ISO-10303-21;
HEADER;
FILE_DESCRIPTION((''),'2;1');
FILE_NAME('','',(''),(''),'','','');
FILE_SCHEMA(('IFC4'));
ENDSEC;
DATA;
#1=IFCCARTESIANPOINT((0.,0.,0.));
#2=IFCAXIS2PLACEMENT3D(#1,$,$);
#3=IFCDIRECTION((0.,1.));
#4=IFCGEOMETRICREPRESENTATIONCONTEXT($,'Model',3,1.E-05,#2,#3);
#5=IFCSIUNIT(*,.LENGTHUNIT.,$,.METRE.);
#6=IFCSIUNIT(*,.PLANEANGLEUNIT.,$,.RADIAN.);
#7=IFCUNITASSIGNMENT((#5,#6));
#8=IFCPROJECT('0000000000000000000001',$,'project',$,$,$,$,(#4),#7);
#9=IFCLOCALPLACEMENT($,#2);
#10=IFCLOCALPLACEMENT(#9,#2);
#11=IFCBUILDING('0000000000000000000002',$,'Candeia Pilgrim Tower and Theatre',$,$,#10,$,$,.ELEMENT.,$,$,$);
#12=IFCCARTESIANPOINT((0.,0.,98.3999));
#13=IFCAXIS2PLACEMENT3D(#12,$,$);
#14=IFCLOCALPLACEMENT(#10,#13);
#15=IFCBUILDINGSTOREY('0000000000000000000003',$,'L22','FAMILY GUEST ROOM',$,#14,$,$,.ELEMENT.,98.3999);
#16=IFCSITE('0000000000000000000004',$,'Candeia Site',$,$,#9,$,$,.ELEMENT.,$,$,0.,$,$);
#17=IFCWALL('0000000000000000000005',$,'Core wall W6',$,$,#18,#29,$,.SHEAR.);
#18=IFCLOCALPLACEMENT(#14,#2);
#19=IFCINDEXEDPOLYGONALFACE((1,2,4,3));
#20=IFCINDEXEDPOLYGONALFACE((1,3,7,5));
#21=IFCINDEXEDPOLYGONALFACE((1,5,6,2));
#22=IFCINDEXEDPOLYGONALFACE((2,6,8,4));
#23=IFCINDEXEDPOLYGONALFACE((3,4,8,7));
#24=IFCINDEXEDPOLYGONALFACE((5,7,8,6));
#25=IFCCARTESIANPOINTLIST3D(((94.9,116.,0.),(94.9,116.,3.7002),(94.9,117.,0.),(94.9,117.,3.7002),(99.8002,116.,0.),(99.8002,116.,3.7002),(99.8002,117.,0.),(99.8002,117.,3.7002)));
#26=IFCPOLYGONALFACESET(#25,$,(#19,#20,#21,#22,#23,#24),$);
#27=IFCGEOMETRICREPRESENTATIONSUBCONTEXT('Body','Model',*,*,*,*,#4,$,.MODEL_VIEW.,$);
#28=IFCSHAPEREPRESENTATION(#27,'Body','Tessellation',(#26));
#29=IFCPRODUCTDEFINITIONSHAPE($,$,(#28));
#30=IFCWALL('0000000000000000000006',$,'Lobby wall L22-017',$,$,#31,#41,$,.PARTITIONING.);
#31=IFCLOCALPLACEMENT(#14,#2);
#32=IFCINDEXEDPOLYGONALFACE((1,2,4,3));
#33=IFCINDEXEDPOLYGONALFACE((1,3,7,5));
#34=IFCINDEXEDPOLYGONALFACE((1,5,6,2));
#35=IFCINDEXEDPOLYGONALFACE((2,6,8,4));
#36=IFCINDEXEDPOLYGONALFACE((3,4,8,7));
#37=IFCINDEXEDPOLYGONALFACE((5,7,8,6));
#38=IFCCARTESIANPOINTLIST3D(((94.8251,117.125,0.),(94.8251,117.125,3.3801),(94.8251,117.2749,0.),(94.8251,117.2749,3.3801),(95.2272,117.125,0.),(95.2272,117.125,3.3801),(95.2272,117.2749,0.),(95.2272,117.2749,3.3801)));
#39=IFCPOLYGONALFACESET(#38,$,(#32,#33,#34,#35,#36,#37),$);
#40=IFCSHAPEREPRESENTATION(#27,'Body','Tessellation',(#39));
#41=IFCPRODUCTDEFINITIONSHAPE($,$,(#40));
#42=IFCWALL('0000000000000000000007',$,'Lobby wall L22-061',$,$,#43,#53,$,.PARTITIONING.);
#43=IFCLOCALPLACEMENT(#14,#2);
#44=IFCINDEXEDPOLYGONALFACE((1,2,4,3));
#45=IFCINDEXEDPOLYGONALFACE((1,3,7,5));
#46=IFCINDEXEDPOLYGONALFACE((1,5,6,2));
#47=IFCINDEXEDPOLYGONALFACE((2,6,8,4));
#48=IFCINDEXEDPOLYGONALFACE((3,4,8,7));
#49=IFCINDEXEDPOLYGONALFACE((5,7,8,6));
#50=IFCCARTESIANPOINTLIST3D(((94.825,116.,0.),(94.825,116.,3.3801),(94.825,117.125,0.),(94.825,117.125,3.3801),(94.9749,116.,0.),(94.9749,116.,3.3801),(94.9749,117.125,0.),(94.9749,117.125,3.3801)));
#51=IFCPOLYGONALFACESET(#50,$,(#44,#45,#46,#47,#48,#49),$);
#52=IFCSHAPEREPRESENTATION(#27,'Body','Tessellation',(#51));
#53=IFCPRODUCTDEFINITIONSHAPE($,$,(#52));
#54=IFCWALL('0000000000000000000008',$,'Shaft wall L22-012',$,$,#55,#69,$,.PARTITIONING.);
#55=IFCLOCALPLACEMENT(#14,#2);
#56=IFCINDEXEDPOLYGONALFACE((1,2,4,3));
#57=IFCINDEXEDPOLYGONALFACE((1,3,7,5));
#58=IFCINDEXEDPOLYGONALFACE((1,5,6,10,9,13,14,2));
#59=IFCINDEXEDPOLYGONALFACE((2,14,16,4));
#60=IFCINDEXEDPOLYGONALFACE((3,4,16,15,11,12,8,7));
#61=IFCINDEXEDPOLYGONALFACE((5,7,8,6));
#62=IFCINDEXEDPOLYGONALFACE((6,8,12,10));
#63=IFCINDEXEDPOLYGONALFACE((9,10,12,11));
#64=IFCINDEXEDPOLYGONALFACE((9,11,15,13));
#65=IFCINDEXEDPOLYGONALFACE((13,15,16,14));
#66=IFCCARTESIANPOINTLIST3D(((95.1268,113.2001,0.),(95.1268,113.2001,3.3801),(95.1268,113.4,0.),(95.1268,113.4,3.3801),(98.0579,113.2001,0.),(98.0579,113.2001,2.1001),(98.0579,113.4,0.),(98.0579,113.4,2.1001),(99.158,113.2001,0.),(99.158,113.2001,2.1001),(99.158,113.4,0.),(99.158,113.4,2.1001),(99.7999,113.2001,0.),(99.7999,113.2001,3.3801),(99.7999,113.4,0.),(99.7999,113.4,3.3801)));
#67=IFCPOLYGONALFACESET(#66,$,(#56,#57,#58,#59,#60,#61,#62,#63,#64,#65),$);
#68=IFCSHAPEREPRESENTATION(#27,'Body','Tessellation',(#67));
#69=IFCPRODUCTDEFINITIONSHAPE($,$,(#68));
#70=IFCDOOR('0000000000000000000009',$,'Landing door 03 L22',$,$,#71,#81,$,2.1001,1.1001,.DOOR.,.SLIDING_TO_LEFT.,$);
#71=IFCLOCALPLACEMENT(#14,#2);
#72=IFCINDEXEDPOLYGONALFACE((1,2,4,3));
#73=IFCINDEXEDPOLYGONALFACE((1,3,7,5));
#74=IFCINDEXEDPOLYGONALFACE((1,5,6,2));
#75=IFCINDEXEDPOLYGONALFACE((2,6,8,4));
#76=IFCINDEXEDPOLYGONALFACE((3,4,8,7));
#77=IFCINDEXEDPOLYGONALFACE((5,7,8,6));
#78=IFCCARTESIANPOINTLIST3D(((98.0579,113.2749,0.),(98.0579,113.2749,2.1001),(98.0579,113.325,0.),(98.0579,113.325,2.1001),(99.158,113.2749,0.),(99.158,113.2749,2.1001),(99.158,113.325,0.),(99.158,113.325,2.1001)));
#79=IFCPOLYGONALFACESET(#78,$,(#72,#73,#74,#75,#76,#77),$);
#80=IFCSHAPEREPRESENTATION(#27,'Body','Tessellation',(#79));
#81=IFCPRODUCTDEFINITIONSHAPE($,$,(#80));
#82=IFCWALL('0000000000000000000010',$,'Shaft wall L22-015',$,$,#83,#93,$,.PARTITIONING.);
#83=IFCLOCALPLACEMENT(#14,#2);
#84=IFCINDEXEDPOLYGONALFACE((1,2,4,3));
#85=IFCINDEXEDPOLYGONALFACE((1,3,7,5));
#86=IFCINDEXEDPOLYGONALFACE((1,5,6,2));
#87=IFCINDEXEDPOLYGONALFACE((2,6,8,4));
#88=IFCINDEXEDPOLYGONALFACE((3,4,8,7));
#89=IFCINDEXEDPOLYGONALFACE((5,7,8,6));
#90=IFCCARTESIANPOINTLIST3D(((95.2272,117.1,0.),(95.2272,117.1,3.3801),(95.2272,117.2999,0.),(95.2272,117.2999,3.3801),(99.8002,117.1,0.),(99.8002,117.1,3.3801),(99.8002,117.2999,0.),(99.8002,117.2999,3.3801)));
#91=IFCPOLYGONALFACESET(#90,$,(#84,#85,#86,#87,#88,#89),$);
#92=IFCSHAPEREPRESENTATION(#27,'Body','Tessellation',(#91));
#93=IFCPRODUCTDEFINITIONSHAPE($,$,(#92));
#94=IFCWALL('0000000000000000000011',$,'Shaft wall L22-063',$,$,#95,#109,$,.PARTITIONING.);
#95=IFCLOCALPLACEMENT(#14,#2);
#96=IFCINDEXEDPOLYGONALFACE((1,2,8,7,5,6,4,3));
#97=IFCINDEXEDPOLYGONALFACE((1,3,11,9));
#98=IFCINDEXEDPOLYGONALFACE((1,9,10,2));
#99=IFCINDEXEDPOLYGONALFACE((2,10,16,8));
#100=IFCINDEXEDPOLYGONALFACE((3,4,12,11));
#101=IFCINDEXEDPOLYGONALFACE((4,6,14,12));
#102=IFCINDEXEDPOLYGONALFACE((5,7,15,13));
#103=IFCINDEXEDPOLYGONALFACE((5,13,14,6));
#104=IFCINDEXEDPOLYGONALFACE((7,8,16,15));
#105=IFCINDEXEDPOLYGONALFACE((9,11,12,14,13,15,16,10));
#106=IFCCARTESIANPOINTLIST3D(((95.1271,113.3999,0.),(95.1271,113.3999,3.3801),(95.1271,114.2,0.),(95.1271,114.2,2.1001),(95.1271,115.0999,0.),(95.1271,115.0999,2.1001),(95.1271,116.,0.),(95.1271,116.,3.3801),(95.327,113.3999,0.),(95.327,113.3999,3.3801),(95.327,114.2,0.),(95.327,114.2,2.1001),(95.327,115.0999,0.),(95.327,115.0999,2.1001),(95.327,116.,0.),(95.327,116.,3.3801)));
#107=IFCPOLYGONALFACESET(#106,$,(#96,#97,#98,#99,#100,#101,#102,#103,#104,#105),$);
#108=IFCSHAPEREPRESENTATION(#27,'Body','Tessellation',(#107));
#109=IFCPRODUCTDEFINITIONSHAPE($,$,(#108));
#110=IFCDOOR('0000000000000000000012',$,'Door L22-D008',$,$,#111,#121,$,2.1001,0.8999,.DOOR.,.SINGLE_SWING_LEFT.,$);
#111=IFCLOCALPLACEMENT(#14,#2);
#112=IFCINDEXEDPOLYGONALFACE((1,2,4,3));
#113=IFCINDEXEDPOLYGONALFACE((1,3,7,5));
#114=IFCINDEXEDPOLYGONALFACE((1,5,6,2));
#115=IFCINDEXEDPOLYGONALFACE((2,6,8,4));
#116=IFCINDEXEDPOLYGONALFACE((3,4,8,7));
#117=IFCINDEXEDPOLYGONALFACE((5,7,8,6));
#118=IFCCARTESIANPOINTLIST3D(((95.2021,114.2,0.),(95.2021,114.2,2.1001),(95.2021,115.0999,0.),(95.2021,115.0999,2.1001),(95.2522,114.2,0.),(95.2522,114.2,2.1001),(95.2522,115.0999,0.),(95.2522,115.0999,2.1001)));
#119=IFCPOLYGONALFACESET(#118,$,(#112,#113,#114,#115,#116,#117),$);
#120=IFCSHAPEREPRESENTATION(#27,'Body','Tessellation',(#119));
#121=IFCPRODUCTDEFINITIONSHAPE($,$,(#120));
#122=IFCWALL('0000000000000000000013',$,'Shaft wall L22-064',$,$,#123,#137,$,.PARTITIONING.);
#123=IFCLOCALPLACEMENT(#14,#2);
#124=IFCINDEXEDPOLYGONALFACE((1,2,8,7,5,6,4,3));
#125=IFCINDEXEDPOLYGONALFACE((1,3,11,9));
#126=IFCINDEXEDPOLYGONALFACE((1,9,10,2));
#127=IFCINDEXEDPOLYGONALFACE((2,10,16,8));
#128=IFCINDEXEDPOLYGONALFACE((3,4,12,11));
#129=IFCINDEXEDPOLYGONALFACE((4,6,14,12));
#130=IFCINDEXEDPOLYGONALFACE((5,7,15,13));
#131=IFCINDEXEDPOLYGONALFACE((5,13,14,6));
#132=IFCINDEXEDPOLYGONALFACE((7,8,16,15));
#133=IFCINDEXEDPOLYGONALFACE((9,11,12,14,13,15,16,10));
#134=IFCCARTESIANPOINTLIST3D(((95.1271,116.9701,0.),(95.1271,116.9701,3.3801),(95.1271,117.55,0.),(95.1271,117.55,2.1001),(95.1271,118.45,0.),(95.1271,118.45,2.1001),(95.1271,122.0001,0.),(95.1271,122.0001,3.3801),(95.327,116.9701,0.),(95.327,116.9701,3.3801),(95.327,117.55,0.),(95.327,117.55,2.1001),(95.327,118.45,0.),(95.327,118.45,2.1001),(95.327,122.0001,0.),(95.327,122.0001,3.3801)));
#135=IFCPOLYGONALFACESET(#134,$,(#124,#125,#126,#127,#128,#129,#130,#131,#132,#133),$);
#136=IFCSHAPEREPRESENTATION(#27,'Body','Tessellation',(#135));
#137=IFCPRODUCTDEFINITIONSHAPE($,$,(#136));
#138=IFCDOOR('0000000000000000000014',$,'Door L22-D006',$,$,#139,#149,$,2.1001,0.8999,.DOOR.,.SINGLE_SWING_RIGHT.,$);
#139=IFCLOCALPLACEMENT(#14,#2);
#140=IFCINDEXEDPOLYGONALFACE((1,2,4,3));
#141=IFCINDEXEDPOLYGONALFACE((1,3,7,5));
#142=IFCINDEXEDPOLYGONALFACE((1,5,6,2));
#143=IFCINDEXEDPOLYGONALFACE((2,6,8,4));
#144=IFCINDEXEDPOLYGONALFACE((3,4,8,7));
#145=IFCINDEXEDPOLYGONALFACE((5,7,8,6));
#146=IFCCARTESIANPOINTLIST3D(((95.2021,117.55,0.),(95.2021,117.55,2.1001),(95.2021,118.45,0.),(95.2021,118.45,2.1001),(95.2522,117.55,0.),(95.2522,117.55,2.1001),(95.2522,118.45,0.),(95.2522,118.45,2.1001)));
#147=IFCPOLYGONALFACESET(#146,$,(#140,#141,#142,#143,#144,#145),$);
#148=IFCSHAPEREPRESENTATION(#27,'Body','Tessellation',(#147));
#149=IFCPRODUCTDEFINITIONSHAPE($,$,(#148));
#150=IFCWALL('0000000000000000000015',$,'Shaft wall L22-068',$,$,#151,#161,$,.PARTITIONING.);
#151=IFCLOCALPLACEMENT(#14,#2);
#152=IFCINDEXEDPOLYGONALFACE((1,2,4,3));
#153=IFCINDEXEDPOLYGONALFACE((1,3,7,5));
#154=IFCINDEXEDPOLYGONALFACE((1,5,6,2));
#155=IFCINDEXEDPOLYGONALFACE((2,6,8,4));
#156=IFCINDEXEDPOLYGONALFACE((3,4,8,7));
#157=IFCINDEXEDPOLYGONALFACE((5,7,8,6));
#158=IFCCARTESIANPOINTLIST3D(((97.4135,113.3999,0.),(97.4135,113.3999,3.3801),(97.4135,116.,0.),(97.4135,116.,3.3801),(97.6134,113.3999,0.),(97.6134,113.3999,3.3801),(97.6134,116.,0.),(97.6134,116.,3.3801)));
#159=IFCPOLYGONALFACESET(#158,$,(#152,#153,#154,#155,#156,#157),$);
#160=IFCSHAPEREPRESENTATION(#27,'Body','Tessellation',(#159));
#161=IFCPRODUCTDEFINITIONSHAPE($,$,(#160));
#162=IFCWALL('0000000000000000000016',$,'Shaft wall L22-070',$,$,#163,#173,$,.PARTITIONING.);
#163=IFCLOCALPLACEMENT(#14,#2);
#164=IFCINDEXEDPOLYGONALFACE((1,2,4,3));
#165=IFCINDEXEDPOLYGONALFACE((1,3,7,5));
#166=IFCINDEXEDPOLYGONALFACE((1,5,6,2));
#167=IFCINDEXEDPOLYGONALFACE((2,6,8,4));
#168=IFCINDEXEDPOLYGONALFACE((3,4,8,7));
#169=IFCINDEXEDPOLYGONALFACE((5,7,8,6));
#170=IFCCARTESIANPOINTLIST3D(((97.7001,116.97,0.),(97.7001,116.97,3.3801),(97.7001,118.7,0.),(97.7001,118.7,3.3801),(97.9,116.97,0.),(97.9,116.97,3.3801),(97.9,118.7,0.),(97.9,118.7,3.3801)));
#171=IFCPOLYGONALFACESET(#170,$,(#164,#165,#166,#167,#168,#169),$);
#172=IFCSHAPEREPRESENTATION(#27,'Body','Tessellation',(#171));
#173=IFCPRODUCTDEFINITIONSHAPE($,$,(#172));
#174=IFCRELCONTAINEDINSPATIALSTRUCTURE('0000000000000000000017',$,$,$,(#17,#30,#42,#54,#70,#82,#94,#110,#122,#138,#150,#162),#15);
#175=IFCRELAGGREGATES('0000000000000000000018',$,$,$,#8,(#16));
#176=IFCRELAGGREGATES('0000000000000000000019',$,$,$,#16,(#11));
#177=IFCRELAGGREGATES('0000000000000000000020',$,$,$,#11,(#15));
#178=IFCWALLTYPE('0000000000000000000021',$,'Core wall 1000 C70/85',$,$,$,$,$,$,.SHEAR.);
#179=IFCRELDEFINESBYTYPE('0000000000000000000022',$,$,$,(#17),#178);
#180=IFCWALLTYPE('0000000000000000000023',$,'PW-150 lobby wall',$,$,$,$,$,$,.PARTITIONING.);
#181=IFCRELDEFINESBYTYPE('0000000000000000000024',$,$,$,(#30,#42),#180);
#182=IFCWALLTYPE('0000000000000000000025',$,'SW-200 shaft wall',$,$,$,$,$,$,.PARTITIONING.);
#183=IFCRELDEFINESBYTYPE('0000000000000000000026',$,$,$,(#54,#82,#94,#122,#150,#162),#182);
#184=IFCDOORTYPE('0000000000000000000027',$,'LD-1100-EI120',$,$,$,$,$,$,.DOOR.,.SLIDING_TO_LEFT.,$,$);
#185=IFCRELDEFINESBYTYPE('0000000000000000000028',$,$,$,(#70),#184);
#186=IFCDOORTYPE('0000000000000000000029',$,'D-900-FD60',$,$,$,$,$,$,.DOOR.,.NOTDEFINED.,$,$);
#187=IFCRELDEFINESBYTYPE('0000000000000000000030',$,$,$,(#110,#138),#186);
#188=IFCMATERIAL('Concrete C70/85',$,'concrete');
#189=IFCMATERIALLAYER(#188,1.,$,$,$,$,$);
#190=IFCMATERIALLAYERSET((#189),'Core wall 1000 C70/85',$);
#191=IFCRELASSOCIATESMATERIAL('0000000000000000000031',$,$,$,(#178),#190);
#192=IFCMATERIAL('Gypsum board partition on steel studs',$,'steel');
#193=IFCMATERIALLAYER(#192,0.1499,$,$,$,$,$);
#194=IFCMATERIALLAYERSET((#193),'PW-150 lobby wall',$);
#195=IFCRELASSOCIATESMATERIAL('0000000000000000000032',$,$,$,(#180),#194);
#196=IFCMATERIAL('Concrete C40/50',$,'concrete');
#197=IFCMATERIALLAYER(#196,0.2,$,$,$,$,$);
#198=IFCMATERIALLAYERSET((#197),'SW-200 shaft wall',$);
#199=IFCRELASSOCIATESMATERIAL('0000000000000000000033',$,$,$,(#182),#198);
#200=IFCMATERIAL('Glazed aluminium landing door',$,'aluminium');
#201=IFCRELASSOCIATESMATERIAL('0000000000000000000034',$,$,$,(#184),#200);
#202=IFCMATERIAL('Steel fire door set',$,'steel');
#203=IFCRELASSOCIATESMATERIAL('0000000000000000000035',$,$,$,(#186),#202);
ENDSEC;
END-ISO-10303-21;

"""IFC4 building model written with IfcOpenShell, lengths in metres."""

from ifc_helpers import new_model, si_unit, direction, frame, frame_2d, origin, place, context, subcontext, project, spatial, rectangle, extrude, material, layer, layer_set, type_object, element, fill, save


model = new_model("IFC4")

# Units and contexts
model_context = context("Model", 3, precision=1e-05, world=origin(), true_north=direction((0.0, 1.0)))
body_context = subcontext(model_context, "Body", "Model", "MODEL_VIEW")
ifc_project = project(units=[si_unit("LENGTHUNIT", "METRE"), si_unit("PLANEANGLEUNIT", "RADIAN")], contexts=[model_context])

# Site, building, storey
site_placement = place(None, origin())
site = spatial("IfcSite", under=ifc_project, at=site_placement, Name="Candeia Site", CompositionType="ELEMENT", RefElevation=0.0)
building_placement = place(site_placement, origin())
building = spatial("IfcBuilding", under=site, at=building_placement, Name="Candeia Pilgrim Tower and Theatre", CompositionType="ELEMENT")
storey_placement = place(building_placement, frame((0.0, 0.0, 98.3999)))
storey = spatial("IfcBuildingStorey", under=building, at=storey_placement, Name="L22", Description="FAMILY GUEST ROOM", CompositionType="ELEMENT", Elevation=98.3999)

# Walls
ifc_material_1 = material(Name="Concrete C70/85", Category="concrete")
ifc_layer_1 = layer(ifc_material_1, 1.0)
ifc_layer_set_1 = layer_set([ifc_layer_1], Name="Core wall 1000 C70/85")
wall_type_1 = type_object("IfcWallType", Name="Core wall 1000 C70/85", PredefinedType="SHEAR", material=ifc_layer_set_1)
wall_1_placement = place(storey_placement, frame((94.8999, 116.5, 0.0), z_axis=(0.0, 0.0, 1.0), x_axis=(1.0, 0.0, 0.0)))
element("IfcWall", 1, at=wall_1_placement, inside=storey, type_object=wall_type_1, Name="Core wall W6", PredefinedType="SHEAR", context=body_context, shape_type="SweptSolid", body=[
    extrude(rectangle(XDim=4.9001, YDim=1.0, at=frame_2d((2.4502, 0.0))), origin(), (0.0, 0.0, 1.0), 3.7002),
])
ifc_material_2 = material(Name="Gypsum board partition on steel studs", Category="steel")
ifc_layer_2 = layer(ifc_material_2, 0.1499)
ifc_layer_set_2 = layer_set([ifc_layer_2], Name="PW-150 lobby wall")
wall_type_2 = type_object("IfcWallType", Name="PW-150 lobby wall", PredefinedType="PARTITIONING", material=ifc_layer_set_2)
wall_2_placement = place(storey_placement, frame((94.825, 117.2, 0.0), z_axis=(0.0, 0.0, 1.0), x_axis=(1.0, 0.0, 0.0)))
element("IfcWall", 2, at=wall_2_placement, inside=storey, type_object=wall_type_2, Name="Lobby wall L22-017", PredefinedType="PARTITIONING", context=body_context, shape_type="SweptSolid", body=[
    extrude(rectangle(XDim=0.4021, YDim=0.1499, at=frame_2d((0.2012, 0.0))), origin(), (0.0, 0.0, 1.0), 3.3801),
])
wall_3_placement = place(storey_placement, frame((94.8999, 116.0, 0.0), z_axis=(0.0, 0.0, 1.0), x_axis=(0.0, 1.0, 0.0)))
element("IfcWall", 3, at=wall_3_placement, inside=storey, type_object=wall_type_2, Name="Lobby wall L22-061", PredefinedType="PARTITIONING", context=body_context, shape_type="SweptSolid", body=[
    extrude(rectangle(XDim=1.125, YDim=0.1499, at=frame_2d((0.5625, 0.0))), origin(), (0.0, 0.0, 1.0), 3.3801),
])

# Wall, opening, door
ifc_material_3 = material(Name="Concrete C40/50", Category="concrete")
ifc_layer_3 = layer(ifc_material_3, 0.2)
ifc_layer_set_3 = layer_set([ifc_layer_3], Name="SW-200 shaft wall")
wall_type_3 = type_object("IfcWallType", Name="SW-200 shaft wall", PredefinedType="PARTITIONING", material=ifc_layer_set_3)
wall_4_placement = place(storey_placement, frame((95.127, 113.3, 0.0), z_axis=(0.0, 0.0, 1.0), x_axis=(1.0, 0.0, 0.0)))
wall_4 = element("IfcWall", 4, at=wall_4_placement, inside=storey, type_object=wall_type_3, Name="Shaft wall L22-012", PredefinedType="PARTITIONING", context=body_context, shape_type="SweptSolid", body=[
    extrude(rectangle(XDim=4.6731, YDim=0.2, at=frame_2d((2.3364, 0.0))), origin(), (0.0, 0.0, 1.0), 3.3801),
])
opening_1_placement = place(wall_4_placement, frame((2.9309, 0.0, 0.0)))
opening_1 = element("IfcOpeningElement", 5, at=opening_1_placement, cuts=wall_4, PredefinedType="OPENING", context=body_context, shape_type="SweptSolid", body=[
    extrude(rectangle(XDim=1.1001, YDim=2.1001, at=frame_2d((0.55, 1.05))), frame((0.0, 0.1099, 0.0), z_axis=(0.0, -1.0, 0.0), x_axis=(1.0, 0.0, 0.0)), (0.0, 0.0, 1.0), 0.22),
])
ifc_material_4 = material(Name="Glazed aluminium landing door", Category="aluminium")
door_type_1 = type_object("IfcDoorType", Name="LD-1100-EI120", OperationType="SLIDING_TO_LEFT", PredefinedType="DOOR", material=ifc_material_4)
door_1_placement = place(opening_1_placement, origin())
door_1 = element("IfcDoor", 6, at=door_1_placement, inside=storey, type_object=door_type_1, Name="Landing door 03 L22", OperationType="SLIDING_TO_LEFT", OverallHeight=2.1001, OverallWidth=1.1001, PredefinedType="DOOR", context=body_context, shape_type="SweptSolid", body=[
    extrude(rectangle(XDim=1.1001, YDim=2.1001, at=frame_2d((0.55, 1.05))), frame((0.0, 0.0249, 0.0), z_axis=(0.0, -1.0, 0.0), x_axis=(1.0, 0.0, 0.0)), (0.0, 0.0, 1.0), 0.05),
])
fill(opening_1, door_1)

# Wall
wall_5_placement = place(storey_placement, frame((95.2271, 117.2, 0.0), z_axis=(0.0, 0.0, 1.0), x_axis=(1.0, 0.0, 0.0)))
element("IfcWall", 7, at=wall_5_placement, inside=storey, type_object=wall_type_3, Name="Shaft wall L22-015", PredefinedType="PARTITIONING", context=body_context, shape_type="SweptSolid", body=[
    extrude(rectangle(XDim=4.573, YDim=0.2, at=frame_2d((2.2866, 0.0))), origin(), (0.0, 0.0, 1.0), 3.3801),
])

# Walls, openings, doors
wall_6_placement = place(storey_placement, frame((95.2271, 113.3999, 0.0), z_axis=(0.0, 0.0, 1.0), x_axis=(0.0, 1.0, 0.0)))
wall_6 = element("IfcWall", 8, at=wall_6_placement, inside=storey, type_object=wall_type_3, Name="Shaft wall L22-063", PredefinedType="PARTITIONING", context=body_context, shape_type="SweptSolid", body=[
    extrude(rectangle(XDim=2.6001, YDim=0.2, at=frame_2d((1.3, 0.0))), origin(), (0.0, 0.0, 1.0), 3.3801),
])
opening_2_placement = place(wall_6_placement, frame((0.8, 0.0, 0.0)))
opening_2 = element("IfcOpeningElement", 9, at=opening_2_placement, cuts=wall_6, PredefinedType="OPENING", context=body_context, shape_type="SweptSolid", body=[
    extrude(rectangle(XDim=0.8999, YDim=2.1001, at=frame_2d((0.45, 1.05))), frame((0.0, 0.1099, 0.0), z_axis=(0.0, -1.0, 0.0), x_axis=(1.0, 0.0, 0.0)), (0.0, 0.0, 1.0), 0.22),
])
ifc_material_5 = material(Name="Steel fire door set", Category="steel")
door_type_2 = type_object("IfcDoorType", Name="D-900-FD60", OperationType="NOTDEFINED", PredefinedType="DOOR", material=ifc_material_5)
door_2_placement = place(opening_2_placement, origin())
door_2 = element("IfcDoor", 10, at=door_2_placement, inside=storey, type_object=door_type_2, Name="Door L22-D008", OperationType="SINGLE_SWING_LEFT", OverallHeight=2.1001, OverallWidth=0.8999, PredefinedType="DOOR", context=body_context, shape_type="SweptSolid", body=[
    extrude(rectangle(XDim=0.8999, YDim=2.1001, at=frame_2d((0.45, 1.05))), frame((0.0, 0.0249, 0.0), z_axis=(0.0, -1.0, 0.0), x_axis=(1.0, 0.0, 0.0)), (0.0, 0.0, 1.0), 0.05),
])
fill(opening_2, door_2)
wall_7_placement = place(storey_placement, frame((95.2271, 116.97, 0.0), z_axis=(0.0, 0.0, 1.0), x_axis=(0.0, 1.0, 0.0)))
wall_7 = element("IfcWall", 11, at=wall_7_placement, inside=storey, type_object=wall_type_3, Name="Shaft wall L22-064", PredefinedType="PARTITIONING", context=body_context, shape_type="SweptSolid", body=[
    extrude(rectangle(XDim=5.03, YDim=0.2, at=frame_2d((2.5151, 0.0))), origin(), (0.0, 0.0, 1.0), 3.3801),
])
opening_3_placement = place(wall_7_placement, frame((0.5801, 0.0, 0.0)))
opening_3 = element("IfcOpeningElement", 12, at=opening_3_placement, cuts=wall_7, PredefinedType="OPENING", context=body_context, shape_type="SweptSolid", body=[
    extrude(rectangle(XDim=0.8999, YDim=2.1001, at=frame_2d((0.45, 1.05))), frame((0.0, 0.1099, 0.0), z_axis=(0.0, -1.0, 0.0), x_axis=(1.0, 0.0, 0.0)), (0.0, 0.0, 1.0), 0.22),
])
door_3_placement = place(opening_3_placement, origin())
door_3 = element("IfcDoor", 13, at=door_3_placement, inside=storey, type_object=door_type_2, Name="Door L22-D006", OperationType="SINGLE_SWING_RIGHT", OverallHeight=2.1001, OverallWidth=0.8999, PredefinedType="DOOR", context=body_context, shape_type="SweptSolid", body=[
    extrude(rectangle(XDim=0.8999, YDim=2.1001, at=frame_2d((0.45, 1.05))), frame((0.0, 0.0249, 0.0), z_axis=(0.0, -1.0, 0.0), x_axis=(1.0, 0.0, 0.0)), (0.0, 0.0, 1.0), 0.05),
])
fill(opening_3, door_3)

# Walls
wall_8_placement = place(storey_placement, frame((97.5134, 113.3999, 0.0), z_axis=(0.0, 0.0, 1.0), x_axis=(0.0, 1.0, 0.0)))
element("IfcWall", 14, at=wall_8_placement, inside=storey, type_object=wall_type_3, Name="Shaft wall L22-068", PredefinedType="PARTITIONING", context=body_context, shape_type="SweptSolid", body=[
    extrude(rectangle(XDim=2.6001, YDim=0.2, at=frame_2d((1.3, 0.0))), origin(), (0.0, 0.0, 1.0), 3.3801),
])
wall_9_placement = place(storey_placement, frame((97.8, 116.97, 0.0), z_axis=(0.0, 0.0, 1.0), x_axis=(0.0, 1.0, 0.0)))
element("IfcWall", 15, at=wall_9_placement, inside=storey, type_object=wall_type_3, Name="Shaft wall L22-070", PredefinedType="PARTITIONING", context=body_context, shape_type="SweptSolid", body=[
    extrude(rectangle(XDim=1.73, YDim=0.2, at=frame_2d((0.865, 0.0))), origin(), (0.0, 0.0, 1.0), 3.3801),
])

save(model, "model.ifc")
